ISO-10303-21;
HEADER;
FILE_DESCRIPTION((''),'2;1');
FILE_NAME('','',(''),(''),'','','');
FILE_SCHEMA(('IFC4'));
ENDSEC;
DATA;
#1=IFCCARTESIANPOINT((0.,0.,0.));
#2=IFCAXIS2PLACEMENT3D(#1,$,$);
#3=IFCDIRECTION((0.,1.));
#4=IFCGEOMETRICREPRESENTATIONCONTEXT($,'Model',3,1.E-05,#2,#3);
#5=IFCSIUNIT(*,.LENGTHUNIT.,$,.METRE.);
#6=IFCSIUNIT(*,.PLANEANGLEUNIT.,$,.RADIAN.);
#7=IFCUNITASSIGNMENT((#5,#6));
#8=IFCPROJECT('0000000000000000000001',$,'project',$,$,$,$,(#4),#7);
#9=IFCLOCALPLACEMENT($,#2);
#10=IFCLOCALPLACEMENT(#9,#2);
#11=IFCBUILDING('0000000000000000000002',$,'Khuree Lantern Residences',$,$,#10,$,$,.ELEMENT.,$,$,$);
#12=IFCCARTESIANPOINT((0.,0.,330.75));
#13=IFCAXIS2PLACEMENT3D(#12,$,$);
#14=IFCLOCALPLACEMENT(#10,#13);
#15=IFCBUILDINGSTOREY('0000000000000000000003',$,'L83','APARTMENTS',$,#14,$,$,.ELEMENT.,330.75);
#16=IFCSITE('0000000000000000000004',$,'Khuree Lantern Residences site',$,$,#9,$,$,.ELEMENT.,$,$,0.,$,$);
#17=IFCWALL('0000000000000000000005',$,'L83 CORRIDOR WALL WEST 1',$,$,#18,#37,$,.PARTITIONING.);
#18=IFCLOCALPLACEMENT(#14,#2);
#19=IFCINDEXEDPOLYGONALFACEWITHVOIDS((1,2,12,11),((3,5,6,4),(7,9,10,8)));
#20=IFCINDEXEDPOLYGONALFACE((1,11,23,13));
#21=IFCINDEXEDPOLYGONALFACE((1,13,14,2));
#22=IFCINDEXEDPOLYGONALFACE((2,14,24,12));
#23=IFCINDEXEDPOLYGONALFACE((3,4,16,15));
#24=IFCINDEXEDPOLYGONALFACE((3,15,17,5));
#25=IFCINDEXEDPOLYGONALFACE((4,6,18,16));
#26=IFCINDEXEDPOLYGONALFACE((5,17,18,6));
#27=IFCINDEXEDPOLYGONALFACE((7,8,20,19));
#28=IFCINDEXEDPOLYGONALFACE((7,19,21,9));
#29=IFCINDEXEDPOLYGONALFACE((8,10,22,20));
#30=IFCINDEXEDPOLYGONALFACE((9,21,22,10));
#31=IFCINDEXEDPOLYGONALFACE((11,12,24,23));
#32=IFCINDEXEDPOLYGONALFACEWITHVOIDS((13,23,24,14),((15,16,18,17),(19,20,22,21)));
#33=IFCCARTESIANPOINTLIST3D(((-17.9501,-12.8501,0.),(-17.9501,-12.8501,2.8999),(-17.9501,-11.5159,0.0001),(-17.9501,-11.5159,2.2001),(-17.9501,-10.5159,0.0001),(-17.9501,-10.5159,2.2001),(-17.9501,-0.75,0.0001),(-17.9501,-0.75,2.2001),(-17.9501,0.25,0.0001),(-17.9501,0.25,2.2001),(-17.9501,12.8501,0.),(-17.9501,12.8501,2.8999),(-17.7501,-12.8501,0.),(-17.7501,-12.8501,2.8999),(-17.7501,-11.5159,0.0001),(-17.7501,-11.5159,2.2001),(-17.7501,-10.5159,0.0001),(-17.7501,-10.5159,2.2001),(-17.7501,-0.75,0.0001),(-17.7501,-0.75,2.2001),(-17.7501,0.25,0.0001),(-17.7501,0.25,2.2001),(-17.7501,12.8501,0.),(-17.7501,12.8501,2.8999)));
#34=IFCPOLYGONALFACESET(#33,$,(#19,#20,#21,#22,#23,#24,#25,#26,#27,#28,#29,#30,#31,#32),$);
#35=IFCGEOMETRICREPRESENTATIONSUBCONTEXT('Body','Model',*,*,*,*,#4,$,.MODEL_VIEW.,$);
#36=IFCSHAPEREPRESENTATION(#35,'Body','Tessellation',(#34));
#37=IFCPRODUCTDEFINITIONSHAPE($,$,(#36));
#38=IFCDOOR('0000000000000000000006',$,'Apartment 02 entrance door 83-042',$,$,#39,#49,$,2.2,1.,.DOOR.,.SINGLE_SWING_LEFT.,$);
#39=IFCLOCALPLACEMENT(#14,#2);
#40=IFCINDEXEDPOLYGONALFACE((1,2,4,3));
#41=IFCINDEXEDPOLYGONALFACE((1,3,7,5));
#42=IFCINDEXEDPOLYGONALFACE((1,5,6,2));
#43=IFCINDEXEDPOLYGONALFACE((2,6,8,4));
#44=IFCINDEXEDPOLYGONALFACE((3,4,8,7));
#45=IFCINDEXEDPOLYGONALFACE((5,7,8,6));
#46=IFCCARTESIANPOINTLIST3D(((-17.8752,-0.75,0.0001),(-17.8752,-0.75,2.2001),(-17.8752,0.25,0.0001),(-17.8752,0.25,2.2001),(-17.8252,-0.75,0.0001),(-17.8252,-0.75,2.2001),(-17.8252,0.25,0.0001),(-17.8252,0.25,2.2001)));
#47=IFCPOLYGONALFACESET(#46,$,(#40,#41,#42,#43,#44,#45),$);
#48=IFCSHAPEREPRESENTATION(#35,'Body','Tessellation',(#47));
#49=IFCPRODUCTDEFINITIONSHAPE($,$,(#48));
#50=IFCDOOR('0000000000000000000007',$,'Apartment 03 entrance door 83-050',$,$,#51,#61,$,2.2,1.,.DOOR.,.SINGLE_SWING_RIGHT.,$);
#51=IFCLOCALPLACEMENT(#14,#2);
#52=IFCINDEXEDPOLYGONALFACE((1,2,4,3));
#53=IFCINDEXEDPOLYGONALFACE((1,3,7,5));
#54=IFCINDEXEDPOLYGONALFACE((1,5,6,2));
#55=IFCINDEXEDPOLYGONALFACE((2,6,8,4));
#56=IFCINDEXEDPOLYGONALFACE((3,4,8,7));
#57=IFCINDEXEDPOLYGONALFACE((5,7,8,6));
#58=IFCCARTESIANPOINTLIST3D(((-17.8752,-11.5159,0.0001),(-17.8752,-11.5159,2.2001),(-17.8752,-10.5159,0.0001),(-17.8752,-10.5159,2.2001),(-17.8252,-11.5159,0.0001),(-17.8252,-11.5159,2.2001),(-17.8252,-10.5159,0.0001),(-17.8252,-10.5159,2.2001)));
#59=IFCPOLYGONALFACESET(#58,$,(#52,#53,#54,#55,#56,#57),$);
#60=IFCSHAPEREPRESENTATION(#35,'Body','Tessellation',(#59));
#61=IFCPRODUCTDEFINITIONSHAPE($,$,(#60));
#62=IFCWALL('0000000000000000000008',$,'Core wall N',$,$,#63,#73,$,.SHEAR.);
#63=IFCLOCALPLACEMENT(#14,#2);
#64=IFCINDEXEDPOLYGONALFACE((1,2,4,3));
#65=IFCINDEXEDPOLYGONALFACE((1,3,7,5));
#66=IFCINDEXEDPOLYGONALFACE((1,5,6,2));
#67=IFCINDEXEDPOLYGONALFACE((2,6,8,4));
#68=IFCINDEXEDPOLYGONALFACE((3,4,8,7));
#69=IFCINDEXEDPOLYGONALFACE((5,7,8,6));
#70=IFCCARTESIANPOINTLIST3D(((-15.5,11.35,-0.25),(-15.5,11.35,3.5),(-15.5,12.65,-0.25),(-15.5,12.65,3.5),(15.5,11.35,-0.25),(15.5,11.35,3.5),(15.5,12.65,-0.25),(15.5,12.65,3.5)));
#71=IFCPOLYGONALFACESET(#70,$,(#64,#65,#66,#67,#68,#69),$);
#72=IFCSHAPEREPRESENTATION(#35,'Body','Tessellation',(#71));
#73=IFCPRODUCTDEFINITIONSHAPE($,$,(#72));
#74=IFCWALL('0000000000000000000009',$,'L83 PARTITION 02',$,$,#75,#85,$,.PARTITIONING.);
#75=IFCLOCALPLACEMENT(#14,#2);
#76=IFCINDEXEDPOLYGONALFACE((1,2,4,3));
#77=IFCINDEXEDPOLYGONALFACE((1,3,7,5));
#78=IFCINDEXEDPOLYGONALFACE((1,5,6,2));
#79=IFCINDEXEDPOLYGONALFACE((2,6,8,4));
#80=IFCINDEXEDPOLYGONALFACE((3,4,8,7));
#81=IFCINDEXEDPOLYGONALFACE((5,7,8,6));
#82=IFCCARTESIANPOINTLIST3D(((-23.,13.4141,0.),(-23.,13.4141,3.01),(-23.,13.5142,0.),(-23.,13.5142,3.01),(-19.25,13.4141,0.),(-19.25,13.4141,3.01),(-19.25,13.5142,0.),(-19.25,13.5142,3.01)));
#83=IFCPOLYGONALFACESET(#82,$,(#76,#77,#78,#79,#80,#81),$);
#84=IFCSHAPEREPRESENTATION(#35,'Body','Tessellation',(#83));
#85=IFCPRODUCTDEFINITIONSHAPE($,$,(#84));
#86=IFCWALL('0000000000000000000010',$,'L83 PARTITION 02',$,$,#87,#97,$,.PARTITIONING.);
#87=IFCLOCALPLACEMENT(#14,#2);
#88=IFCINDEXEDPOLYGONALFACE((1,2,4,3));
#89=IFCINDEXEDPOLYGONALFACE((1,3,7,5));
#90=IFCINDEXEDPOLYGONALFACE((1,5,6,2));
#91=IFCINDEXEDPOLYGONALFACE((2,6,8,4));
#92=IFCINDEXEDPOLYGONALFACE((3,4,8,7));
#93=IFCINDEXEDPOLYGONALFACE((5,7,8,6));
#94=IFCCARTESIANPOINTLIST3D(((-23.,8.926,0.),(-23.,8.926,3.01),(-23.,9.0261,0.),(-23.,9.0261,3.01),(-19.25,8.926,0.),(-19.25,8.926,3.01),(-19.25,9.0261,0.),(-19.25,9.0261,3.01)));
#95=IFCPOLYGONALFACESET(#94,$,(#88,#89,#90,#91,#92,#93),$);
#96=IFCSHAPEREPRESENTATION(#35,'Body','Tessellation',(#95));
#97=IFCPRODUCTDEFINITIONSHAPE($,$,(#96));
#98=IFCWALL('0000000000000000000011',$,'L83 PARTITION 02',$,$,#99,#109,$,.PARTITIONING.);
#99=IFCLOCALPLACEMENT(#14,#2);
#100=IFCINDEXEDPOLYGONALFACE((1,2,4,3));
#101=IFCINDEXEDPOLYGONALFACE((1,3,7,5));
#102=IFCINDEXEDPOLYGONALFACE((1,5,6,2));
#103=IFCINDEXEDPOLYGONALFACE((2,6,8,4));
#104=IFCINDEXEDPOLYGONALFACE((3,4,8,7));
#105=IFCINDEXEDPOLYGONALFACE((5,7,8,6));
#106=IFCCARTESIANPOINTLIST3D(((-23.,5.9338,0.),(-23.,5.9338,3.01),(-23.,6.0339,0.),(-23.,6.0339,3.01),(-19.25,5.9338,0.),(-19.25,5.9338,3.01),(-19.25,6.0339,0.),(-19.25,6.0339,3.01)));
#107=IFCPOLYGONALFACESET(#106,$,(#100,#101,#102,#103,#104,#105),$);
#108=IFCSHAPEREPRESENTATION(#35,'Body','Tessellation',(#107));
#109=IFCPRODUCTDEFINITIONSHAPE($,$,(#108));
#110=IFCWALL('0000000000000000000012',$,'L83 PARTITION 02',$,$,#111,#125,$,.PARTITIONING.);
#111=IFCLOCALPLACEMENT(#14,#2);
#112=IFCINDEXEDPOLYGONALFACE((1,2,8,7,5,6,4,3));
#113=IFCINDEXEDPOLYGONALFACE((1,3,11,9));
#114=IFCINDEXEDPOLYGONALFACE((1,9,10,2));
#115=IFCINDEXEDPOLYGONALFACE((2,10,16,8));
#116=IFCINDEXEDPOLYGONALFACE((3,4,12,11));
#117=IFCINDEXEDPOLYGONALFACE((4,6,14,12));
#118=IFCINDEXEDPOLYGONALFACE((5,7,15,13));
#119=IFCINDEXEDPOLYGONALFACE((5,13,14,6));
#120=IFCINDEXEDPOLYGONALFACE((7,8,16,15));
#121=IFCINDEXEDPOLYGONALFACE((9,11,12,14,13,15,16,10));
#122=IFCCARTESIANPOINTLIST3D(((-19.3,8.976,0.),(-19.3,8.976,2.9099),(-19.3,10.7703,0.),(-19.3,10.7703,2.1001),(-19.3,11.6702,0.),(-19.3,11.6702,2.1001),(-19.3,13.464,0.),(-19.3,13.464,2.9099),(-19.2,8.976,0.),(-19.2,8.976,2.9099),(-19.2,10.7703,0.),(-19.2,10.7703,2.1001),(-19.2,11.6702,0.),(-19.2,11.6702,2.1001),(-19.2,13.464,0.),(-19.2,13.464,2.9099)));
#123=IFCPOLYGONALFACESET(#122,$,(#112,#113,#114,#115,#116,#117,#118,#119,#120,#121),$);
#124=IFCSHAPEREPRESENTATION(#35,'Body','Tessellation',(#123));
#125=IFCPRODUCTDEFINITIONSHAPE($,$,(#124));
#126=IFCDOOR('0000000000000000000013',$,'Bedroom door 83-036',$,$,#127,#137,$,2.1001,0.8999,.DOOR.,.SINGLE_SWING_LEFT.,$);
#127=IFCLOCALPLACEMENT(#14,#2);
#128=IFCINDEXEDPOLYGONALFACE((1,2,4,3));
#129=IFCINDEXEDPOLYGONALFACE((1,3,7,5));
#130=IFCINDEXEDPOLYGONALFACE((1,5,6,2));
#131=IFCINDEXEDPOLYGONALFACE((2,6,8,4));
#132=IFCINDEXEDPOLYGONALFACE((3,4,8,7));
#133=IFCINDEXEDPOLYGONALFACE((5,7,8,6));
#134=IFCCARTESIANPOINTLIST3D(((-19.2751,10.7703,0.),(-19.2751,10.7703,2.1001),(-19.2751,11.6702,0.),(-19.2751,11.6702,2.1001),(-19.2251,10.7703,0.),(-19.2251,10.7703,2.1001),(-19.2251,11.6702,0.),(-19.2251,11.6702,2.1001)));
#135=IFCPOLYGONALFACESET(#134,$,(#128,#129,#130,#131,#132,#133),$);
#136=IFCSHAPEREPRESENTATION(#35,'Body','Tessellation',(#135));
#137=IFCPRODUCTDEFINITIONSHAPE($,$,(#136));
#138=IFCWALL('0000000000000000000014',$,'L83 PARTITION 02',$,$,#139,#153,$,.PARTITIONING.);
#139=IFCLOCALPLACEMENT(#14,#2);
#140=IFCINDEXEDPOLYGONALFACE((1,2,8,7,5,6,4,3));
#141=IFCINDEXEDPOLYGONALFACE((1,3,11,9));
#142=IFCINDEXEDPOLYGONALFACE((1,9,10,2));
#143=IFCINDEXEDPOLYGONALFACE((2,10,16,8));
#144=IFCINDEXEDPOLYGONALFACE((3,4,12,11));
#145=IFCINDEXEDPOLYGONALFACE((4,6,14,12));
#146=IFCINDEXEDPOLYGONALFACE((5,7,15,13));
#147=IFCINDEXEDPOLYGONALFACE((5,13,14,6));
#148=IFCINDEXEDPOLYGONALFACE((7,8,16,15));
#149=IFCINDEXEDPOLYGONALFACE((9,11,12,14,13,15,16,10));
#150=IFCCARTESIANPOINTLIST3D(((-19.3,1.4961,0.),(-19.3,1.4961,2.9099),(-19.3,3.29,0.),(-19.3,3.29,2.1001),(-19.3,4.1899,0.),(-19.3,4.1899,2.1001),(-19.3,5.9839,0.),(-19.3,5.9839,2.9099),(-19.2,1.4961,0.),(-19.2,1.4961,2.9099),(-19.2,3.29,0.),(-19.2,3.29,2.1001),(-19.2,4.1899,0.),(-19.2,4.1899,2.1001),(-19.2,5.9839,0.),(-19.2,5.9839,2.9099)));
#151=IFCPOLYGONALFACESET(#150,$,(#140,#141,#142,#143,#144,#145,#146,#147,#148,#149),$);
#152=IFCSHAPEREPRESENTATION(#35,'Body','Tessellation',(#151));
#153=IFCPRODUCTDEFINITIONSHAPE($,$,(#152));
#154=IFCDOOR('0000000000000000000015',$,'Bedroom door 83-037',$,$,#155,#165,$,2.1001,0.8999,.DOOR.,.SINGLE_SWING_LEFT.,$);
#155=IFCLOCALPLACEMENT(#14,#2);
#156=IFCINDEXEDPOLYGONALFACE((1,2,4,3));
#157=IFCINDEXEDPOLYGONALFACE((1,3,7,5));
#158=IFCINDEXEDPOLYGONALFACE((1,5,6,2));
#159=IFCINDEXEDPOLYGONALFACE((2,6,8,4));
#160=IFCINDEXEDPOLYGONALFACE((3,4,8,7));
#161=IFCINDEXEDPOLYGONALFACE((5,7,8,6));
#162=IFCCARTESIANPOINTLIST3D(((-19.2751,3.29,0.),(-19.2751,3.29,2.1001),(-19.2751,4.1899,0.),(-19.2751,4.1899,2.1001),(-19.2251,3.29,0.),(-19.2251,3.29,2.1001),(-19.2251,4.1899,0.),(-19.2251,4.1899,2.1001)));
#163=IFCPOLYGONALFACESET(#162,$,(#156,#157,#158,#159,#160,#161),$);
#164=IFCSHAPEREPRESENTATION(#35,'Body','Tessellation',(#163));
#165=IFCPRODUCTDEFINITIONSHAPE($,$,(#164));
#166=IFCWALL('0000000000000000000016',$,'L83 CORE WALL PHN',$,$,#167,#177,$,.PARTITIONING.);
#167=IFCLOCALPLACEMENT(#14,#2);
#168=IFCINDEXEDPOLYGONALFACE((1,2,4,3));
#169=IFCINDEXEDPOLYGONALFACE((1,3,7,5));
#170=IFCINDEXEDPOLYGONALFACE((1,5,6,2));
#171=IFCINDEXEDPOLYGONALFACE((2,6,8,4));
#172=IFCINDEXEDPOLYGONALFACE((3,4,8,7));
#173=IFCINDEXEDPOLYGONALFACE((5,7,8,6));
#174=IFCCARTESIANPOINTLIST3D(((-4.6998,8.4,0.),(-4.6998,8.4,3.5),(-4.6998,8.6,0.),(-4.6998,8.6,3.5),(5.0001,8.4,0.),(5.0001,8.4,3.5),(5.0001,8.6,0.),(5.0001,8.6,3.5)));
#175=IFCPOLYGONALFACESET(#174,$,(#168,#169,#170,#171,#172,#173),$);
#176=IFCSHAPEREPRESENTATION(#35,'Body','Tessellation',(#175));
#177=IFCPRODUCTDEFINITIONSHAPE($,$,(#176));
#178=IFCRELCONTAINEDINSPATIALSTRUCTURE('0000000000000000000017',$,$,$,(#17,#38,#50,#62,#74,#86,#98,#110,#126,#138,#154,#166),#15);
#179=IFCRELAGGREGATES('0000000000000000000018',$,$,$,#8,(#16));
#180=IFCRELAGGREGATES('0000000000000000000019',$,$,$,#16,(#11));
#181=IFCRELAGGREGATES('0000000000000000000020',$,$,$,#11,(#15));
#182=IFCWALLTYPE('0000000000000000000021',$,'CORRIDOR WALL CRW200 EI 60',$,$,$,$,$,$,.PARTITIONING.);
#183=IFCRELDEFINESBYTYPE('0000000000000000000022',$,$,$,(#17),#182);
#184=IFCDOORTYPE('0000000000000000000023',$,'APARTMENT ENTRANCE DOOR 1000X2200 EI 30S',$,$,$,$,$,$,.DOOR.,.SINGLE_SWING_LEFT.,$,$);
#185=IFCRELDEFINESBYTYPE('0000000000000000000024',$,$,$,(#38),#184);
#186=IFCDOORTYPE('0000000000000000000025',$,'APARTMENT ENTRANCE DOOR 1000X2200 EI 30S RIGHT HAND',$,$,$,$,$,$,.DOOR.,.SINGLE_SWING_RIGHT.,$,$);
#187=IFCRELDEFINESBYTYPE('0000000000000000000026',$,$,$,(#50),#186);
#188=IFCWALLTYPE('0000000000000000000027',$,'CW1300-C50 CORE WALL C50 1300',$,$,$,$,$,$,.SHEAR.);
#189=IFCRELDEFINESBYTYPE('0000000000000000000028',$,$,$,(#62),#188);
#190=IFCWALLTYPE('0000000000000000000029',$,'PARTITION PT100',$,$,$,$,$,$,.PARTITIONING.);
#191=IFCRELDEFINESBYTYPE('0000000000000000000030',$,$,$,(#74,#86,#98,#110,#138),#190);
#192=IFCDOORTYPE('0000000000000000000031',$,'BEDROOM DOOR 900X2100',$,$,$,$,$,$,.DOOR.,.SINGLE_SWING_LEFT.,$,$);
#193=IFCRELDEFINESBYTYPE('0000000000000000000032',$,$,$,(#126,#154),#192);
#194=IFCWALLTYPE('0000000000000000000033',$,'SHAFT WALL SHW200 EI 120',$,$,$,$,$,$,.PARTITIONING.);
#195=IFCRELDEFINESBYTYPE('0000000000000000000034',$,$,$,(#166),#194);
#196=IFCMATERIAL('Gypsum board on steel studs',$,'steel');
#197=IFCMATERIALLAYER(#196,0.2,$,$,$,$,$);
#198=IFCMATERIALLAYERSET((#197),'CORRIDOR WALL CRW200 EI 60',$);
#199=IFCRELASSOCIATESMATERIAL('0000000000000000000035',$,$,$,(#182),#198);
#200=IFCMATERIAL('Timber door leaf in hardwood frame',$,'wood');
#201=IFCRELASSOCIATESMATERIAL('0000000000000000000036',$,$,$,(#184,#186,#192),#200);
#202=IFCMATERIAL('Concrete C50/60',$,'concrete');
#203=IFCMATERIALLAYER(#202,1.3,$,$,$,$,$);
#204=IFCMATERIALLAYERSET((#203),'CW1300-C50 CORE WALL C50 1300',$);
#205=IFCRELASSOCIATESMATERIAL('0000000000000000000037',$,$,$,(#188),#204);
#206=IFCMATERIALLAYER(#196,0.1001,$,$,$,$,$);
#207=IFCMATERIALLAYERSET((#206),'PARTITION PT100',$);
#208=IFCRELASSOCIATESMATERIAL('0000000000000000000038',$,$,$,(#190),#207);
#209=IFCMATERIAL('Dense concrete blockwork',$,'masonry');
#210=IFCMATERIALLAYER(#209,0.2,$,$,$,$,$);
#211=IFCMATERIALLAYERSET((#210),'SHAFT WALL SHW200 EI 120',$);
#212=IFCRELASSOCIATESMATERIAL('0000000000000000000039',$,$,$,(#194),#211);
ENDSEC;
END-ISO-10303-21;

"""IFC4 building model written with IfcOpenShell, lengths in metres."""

from ifc_helpers import new_model, si_unit, direction, frame, frame_2d, origin, place, context, subcontext, project, spatial, rectangle, extrude, material, layer, layer_set, type_object, element, fill, save


model = new_model("IFC4")

# Units and contexts
model_context = context("Model", 3, precision=1e-05, world=origin(), true_north=direction((0.0, 1.0)))
body_context = subcontext(model_context, "Body", "Model", "MODEL_VIEW")
ifc_project = project(units=[si_unit("LENGTHUNIT", "METRE"), si_unit("PLANEANGLEUNIT", "RADIAN")], contexts=[model_context])

# Site, building, storey
site_placement = place(None, origin())
site = spatial("IfcSite", under=ifc_project, at=site_placement, Name="Khuree Lantern Residences site", CompositionType="ELEMENT", RefElevation=0.0)
building_placement = place(site_placement, origin())
building = spatial("IfcBuilding", under=site, at=building_placement, Name="Khuree Lantern Residences", CompositionType="ELEMENT")
storey_placement = place(building_placement, frame((0.0, 0.0, 330.75)))
storey = spatial("IfcBuildingStorey", under=building, at=storey_placement, Name="L83", Description="APARTMENTS", CompositionType="ELEMENT", Elevation=330.75)

# Shared definitions
ifc_material_1 = material(Name="Concrete C50/60", Category="concrete")

# Shared definitions
ifc_material_2 = material(Name="Dense concrete blockwork", Category="masonry")

# Shared definitions
ifc_material_3 = material(Name="Timber door leaf in hardwood frame", Category="wood")

# Shared definitions
ifc_material_4 = material(Name="Gypsum board on steel studs", Category="steel")
ifc_layer_1 = layer(ifc_material_4, 0.2)
ifc_layer_set_1 = layer_set([ifc_layer_1], Name="CORRIDOR WALL CRW200 EI 60")
wall_type_1 = type_object("IfcWallType", Name="CORRIDOR WALL CRW200 EI 60", PredefinedType="PARTITIONING", material=ifc_layer_set_1)

# Wall, openings, doors
wall_1_placement = place(storey_placement, frame((-17.8501, 12.8501, 0.0), z_axis=(0.0, 0.0, 1.0), x_axis=(0.0, -1.0, 0.0)))
wall_1 = element("IfcWall", 1, at=wall_1_placement, inside=storey, type_object=wall_type_1, Name="L83 CORRIDOR WALL WEST 1", PredefinedType="PARTITIONING", context=body_context, shape_type="SweptSolid", body=[
    extrude(rectangle(XDim=25.7002, YDim=0.2, at=frame_2d((12.8501, 0.0))), origin(), (0.0, 0.0, 1.0), 2.8999),
])
opening_1_placement = place(wall_1_placement, frame((12.6001, 0.0, 0.0)))
opening_1 = element("IfcOpeningElement", 2, at=opening_1_placement, cuts=wall_1, PredefinedType="OPENING", context=body_context, shape_type="SweptSolid", body=[
    extrude(rectangle(XDim=1.0, YDim=2.2, at=frame_2d((0.5, 1.1001))), frame((0.0, 0.1099, 0.0), z_axis=(0.0, -1.0, 0.0), x_axis=(1.0, 0.0, 0.0)), (0.0, 0.0, 1.0), 0.22),
])
opening_2_placement = place(wall_1_placement, frame((23.366, 0.0, 0.0)))
opening_2 = element("IfcOpeningElement", 3, at=opening_2_placement, cuts=wall_1, PredefinedType="OPENING", context=body_context, shape_type="SweptSolid", body=[
    extrude(rectangle(XDim=1.0, YDim=2.2, at=frame_2d((0.5, 1.1001))), frame((0.0, 0.1099, 0.0), z_axis=(0.0, -1.0, 0.0), x_axis=(1.0, 0.0, 0.0)), (0.0, 0.0, 1.0), 0.22),
])
door_type_1 = type_object("IfcDoorType", Name="APARTMENT ENTRANCE DOOR 1000X2200 EI 30S", OperationType="SINGLE_SWING_LEFT", PredefinedType="DOOR", material=ifc_material_3)
door_1_placement = place(opening_1_placement, origin())
door_1 = element("IfcDoor", 4, at=door_1_placement, inside=storey, type_object=door_type_1, Name="Apartment 02 entrance door 83-042", OperationType="SINGLE_SWING_LEFT", OverallHeight=2.2, OverallWidth=1.0, PredefinedType="DOOR", context=body_context, shape_type="SweptSolid", body=[
    extrude(rectangle(XDim=1.0, YDim=2.2, at=frame_2d((0.5, 1.1001))), frame((0.0, 0.0249, 0.0), z_axis=(0.0, -1.0, 0.0), x_axis=(1.0, 0.0, 0.0)), (0.0, 0.0, 1.0), 0.05),
])
fill(opening_1, door_1)
door_type_2 = type_object("IfcDoorType", Name="APARTMENT ENTRANCE DOOR 1000X2200 EI 30S RIGHT HAND", OperationType="SINGLE_SWING_RIGHT", PredefinedType="DOOR", material=ifc_material_3)
door_2_placement = place(opening_2_placement, origin())
door_2 = element("IfcDoor", 5, at=door_2_placement, inside=storey, type_object=door_type_2, Name="Apartment 03 entrance door 83-050", OperationType="SINGLE_SWING_RIGHT", OverallHeight=2.2, OverallWidth=1.0, PredefinedType="DOOR", context=body_context, shape_type="SweptSolid", body=[
    extrude(rectangle(XDim=1.0, YDim=2.2, at=frame_2d((0.5, 1.1001))), frame((0.0, 0.0249, 0.0), z_axis=(0.0, -1.0, 0.0), x_axis=(1.0, 0.0, 0.0)), (0.0, 0.0, 1.0), 0.05),
])
fill(opening_2, door_2)

# Walls
ifc_layer_2 = layer(ifc_material_1, 1.3)
ifc_layer_set_2 = layer_set([ifc_layer_2], Name="CW1300-C50 CORE WALL C50 1300")
wall_type_2 = type_object("IfcWallType", Name="CW1300-C50 CORE WALL C50 1300", PredefinedType="SHEAR", material=ifc_layer_set_2)
wall_2_placement = place(storey_placement, frame((-15.5, 12.0, -0.25), z_axis=(0.0, 0.0, 1.0), x_axis=(1.0, 0.0, 0.0)))
element("IfcWall", 6, at=wall_2_placement, inside=storey, type_object=wall_type_2, Name="Core wall N", PredefinedType="SHEAR", context=body_context, shape_type="SweptSolid", body=[
    extrude(rectangle(XDim=31.0, YDim=1.3, at=frame_2d((15.5, 0.0))), origin(), (0.0, 0.0, 1.0), 3.75),
])
ifc_layer_3 = layer(ifc_material_4, 0.1001)
ifc_layer_set_3 = layer_set([ifc_layer_3], Name="PARTITION PT100")
wall_type_3 = type_object("IfcWallType", Name="PARTITION PT100", PredefinedType="PARTITIONING", material=ifc_layer_set_3)
for number, where, z_axis, x_axis, name in (
    (7, (-19.25, 13.4641, 0.0), (0.0, 0.0, 1.0), (-1.0, 0.0, 0.0), "L83 PARTITION 02"),
    (8, (-19.25, 8.9761, 0.0), (0.0, 0.0, 1.0), (-1.0, 0.0, 0.0), "L83 PARTITION 02"),
    (9, (-19.25, 5.9839, 0.0), (0.0, 0.0, 1.0), (-1.0, 0.0, 0.0), "L83 PARTITION 02"),
):
    element("IfcWall", number, at=place(storey_placement, frame(where, z_axis=z_axis, x_axis=x_axis)), inside=storey, type_object=wall_type_3, Name=name, PredefinedType="PARTITIONING", context=body_context, shape_type="SweptSolid", body=[
        extrude(rectangle(XDim=3.75, YDim=0.1001, at=frame_2d((1.875, 0.0))), origin(), (0.0, 0.0, 1.0), 3.01),
    ])

# Walls, openings, doors
wall_3_placement = place(storey_placement, frame((-19.25, 13.4641, 0.0), z_axis=(0.0, 0.0, 1.0), x_axis=(0.0, -1.0, 0.0)))
wall_3 = element("IfcWall", 10, at=wall_3_placement, inside=storey, type_object=wall_type_3, Name="L83 PARTITION 02", PredefinedType="PARTITIONING", context=body_context, shape_type="SweptSolid", body=[
    extrude(rectangle(XDim=4.488, YDim=0.1001, at=frame_2d((2.2441, 0.0))), origin(), (0.0, 0.0, 1.0), 2.9099),
])
opening_3_placement = place(wall_3_placement, frame((1.7939, 0.0, 0.0)))
opening_3 = element("IfcOpeningElement", 11, at=opening_3_placement, cuts=wall_3, PredefinedType="OPENING", context=body_context, shape_type="SweptSolid", body=[
    extrude(rectangle(XDim=0.8999, YDim=2.1001, at=frame_2d((0.45, 1.05))), frame((0.0, 0.0601, 0.0), z_axis=(0.0, -1.0, 0.0), x_axis=(1.0, 0.0, 0.0)), (0.0, 0.0, 1.0), 0.1201),
])
door_type_3 = type_object("IfcDoorType", Name="BEDROOM DOOR 900X2100", OperationType="SINGLE_SWING_LEFT", PredefinedType="DOOR", material=ifc_material_3)
door_3_placement = place(opening_3_placement, origin())
door_3 = element("IfcDoor", 12, at=door_3_placement, inside=storey, type_object=door_type_3, Name="Bedroom door 83-036", OperationType="SINGLE_SWING_LEFT", OverallHeight=2.1001, OverallWidth=0.8999, PredefinedType="DOOR", context=body_context, shape_type="SweptSolid", body=[
    extrude(rectangle(XDim=0.8999, YDim=2.1001, at=frame_2d((0.45, 1.05))), frame((0.0, 0.0249, 0.0), z_axis=(0.0, -1.0, 0.0), x_axis=(1.0, 0.0, 0.0)), (0.0, 0.0, 1.0), 0.05),
])
fill(opening_3, door_3)
wall_4_placement = place(storey_placement, frame((-19.25, 5.9839, 0.0), z_axis=(0.0, 0.0, 1.0), x_axis=(0.0, -1.0, 0.0)))
wall_4 = element("IfcWall", 13, at=wall_4_placement, inside=storey, type_object=wall_type_3, Name="L83 PARTITION 02", PredefinedType="PARTITIONING", context=body_context, shape_type="SweptSolid", body=[
    extrude(rectangle(XDim=4.4878, YDim=0.1001, at=frame_2d((2.2439, 0.0))), origin(), (0.0, 0.0, 1.0), 2.9099),
])
opening_4_placement = place(wall_4_placement, frame((1.7939, 0.0, 0.0)))
opening_4 = element("IfcOpeningElement", 14, at=opening_4_placement, cuts=wall_4, PredefinedType="OPENING", context=body_context, shape_type="SweptSolid", body=[
    extrude(rectangle(XDim=0.8999, YDim=2.1001, at=frame_2d((0.45, 1.05))), frame((0.0, 0.0601, 0.0), z_axis=(0.0, -1.0, 0.0), x_axis=(1.0, 0.0, 0.0)), (0.0, 0.0, 1.0), 0.1201),
])
door_4_placement = place(opening_4_placement, origin())
door_4 = element("IfcDoor", 15, at=door_4_placement, inside=storey, type_object=door_type_3, Name="Bedroom door 83-037", OperationType="SINGLE_SWING_LEFT", OverallHeight=2.1001, OverallWidth=0.8999, PredefinedType="DOOR", context=body_context, shape_type="SweptSolid", body=[
    extrude(rectangle(XDim=0.8999, YDim=2.1001, at=frame_2d((0.45, 1.05))), frame((0.0, 0.0249, 0.0), z_axis=(0.0, -1.0, 0.0), x_axis=(1.0, 0.0, 0.0)), (0.0, 0.0, 1.0), 0.05),
])
fill(opening_4, door_4)

# Wall
ifc_layer_4 = layer(ifc_material_2, 0.2)
ifc_layer_set_4 = layer_set([ifc_layer_4], Name="SHAFT WALL SHW200 EI 120")
wall_type_4 = type_object("IfcWallType", Name="SHAFT WALL SHW200 EI 120", PredefinedType="PARTITIONING", material=ifc_layer_set_4)
wall_5_placement = place(storey_placement, frame((-4.7, 8.5, 0.0), z_axis=(0.0, 0.0, 1.0), x_axis=(1.0, 0.0, 0.0)))
element("IfcWall", 16, at=wall_5_placement, inside=storey, type_object=wall_type_4, Name="L83 CORE WALL PHN", PredefinedType="PARTITIONING", context=body_context, shape_type="SweptSolid", body=[
    extrude(rectangle(XDim=9.7, YDim=0.2, at=frame_2d((4.8501, 0.0))), origin(), (0.0, 0.0, 1.0), 3.5),
])

save(model, "model.ifc")
